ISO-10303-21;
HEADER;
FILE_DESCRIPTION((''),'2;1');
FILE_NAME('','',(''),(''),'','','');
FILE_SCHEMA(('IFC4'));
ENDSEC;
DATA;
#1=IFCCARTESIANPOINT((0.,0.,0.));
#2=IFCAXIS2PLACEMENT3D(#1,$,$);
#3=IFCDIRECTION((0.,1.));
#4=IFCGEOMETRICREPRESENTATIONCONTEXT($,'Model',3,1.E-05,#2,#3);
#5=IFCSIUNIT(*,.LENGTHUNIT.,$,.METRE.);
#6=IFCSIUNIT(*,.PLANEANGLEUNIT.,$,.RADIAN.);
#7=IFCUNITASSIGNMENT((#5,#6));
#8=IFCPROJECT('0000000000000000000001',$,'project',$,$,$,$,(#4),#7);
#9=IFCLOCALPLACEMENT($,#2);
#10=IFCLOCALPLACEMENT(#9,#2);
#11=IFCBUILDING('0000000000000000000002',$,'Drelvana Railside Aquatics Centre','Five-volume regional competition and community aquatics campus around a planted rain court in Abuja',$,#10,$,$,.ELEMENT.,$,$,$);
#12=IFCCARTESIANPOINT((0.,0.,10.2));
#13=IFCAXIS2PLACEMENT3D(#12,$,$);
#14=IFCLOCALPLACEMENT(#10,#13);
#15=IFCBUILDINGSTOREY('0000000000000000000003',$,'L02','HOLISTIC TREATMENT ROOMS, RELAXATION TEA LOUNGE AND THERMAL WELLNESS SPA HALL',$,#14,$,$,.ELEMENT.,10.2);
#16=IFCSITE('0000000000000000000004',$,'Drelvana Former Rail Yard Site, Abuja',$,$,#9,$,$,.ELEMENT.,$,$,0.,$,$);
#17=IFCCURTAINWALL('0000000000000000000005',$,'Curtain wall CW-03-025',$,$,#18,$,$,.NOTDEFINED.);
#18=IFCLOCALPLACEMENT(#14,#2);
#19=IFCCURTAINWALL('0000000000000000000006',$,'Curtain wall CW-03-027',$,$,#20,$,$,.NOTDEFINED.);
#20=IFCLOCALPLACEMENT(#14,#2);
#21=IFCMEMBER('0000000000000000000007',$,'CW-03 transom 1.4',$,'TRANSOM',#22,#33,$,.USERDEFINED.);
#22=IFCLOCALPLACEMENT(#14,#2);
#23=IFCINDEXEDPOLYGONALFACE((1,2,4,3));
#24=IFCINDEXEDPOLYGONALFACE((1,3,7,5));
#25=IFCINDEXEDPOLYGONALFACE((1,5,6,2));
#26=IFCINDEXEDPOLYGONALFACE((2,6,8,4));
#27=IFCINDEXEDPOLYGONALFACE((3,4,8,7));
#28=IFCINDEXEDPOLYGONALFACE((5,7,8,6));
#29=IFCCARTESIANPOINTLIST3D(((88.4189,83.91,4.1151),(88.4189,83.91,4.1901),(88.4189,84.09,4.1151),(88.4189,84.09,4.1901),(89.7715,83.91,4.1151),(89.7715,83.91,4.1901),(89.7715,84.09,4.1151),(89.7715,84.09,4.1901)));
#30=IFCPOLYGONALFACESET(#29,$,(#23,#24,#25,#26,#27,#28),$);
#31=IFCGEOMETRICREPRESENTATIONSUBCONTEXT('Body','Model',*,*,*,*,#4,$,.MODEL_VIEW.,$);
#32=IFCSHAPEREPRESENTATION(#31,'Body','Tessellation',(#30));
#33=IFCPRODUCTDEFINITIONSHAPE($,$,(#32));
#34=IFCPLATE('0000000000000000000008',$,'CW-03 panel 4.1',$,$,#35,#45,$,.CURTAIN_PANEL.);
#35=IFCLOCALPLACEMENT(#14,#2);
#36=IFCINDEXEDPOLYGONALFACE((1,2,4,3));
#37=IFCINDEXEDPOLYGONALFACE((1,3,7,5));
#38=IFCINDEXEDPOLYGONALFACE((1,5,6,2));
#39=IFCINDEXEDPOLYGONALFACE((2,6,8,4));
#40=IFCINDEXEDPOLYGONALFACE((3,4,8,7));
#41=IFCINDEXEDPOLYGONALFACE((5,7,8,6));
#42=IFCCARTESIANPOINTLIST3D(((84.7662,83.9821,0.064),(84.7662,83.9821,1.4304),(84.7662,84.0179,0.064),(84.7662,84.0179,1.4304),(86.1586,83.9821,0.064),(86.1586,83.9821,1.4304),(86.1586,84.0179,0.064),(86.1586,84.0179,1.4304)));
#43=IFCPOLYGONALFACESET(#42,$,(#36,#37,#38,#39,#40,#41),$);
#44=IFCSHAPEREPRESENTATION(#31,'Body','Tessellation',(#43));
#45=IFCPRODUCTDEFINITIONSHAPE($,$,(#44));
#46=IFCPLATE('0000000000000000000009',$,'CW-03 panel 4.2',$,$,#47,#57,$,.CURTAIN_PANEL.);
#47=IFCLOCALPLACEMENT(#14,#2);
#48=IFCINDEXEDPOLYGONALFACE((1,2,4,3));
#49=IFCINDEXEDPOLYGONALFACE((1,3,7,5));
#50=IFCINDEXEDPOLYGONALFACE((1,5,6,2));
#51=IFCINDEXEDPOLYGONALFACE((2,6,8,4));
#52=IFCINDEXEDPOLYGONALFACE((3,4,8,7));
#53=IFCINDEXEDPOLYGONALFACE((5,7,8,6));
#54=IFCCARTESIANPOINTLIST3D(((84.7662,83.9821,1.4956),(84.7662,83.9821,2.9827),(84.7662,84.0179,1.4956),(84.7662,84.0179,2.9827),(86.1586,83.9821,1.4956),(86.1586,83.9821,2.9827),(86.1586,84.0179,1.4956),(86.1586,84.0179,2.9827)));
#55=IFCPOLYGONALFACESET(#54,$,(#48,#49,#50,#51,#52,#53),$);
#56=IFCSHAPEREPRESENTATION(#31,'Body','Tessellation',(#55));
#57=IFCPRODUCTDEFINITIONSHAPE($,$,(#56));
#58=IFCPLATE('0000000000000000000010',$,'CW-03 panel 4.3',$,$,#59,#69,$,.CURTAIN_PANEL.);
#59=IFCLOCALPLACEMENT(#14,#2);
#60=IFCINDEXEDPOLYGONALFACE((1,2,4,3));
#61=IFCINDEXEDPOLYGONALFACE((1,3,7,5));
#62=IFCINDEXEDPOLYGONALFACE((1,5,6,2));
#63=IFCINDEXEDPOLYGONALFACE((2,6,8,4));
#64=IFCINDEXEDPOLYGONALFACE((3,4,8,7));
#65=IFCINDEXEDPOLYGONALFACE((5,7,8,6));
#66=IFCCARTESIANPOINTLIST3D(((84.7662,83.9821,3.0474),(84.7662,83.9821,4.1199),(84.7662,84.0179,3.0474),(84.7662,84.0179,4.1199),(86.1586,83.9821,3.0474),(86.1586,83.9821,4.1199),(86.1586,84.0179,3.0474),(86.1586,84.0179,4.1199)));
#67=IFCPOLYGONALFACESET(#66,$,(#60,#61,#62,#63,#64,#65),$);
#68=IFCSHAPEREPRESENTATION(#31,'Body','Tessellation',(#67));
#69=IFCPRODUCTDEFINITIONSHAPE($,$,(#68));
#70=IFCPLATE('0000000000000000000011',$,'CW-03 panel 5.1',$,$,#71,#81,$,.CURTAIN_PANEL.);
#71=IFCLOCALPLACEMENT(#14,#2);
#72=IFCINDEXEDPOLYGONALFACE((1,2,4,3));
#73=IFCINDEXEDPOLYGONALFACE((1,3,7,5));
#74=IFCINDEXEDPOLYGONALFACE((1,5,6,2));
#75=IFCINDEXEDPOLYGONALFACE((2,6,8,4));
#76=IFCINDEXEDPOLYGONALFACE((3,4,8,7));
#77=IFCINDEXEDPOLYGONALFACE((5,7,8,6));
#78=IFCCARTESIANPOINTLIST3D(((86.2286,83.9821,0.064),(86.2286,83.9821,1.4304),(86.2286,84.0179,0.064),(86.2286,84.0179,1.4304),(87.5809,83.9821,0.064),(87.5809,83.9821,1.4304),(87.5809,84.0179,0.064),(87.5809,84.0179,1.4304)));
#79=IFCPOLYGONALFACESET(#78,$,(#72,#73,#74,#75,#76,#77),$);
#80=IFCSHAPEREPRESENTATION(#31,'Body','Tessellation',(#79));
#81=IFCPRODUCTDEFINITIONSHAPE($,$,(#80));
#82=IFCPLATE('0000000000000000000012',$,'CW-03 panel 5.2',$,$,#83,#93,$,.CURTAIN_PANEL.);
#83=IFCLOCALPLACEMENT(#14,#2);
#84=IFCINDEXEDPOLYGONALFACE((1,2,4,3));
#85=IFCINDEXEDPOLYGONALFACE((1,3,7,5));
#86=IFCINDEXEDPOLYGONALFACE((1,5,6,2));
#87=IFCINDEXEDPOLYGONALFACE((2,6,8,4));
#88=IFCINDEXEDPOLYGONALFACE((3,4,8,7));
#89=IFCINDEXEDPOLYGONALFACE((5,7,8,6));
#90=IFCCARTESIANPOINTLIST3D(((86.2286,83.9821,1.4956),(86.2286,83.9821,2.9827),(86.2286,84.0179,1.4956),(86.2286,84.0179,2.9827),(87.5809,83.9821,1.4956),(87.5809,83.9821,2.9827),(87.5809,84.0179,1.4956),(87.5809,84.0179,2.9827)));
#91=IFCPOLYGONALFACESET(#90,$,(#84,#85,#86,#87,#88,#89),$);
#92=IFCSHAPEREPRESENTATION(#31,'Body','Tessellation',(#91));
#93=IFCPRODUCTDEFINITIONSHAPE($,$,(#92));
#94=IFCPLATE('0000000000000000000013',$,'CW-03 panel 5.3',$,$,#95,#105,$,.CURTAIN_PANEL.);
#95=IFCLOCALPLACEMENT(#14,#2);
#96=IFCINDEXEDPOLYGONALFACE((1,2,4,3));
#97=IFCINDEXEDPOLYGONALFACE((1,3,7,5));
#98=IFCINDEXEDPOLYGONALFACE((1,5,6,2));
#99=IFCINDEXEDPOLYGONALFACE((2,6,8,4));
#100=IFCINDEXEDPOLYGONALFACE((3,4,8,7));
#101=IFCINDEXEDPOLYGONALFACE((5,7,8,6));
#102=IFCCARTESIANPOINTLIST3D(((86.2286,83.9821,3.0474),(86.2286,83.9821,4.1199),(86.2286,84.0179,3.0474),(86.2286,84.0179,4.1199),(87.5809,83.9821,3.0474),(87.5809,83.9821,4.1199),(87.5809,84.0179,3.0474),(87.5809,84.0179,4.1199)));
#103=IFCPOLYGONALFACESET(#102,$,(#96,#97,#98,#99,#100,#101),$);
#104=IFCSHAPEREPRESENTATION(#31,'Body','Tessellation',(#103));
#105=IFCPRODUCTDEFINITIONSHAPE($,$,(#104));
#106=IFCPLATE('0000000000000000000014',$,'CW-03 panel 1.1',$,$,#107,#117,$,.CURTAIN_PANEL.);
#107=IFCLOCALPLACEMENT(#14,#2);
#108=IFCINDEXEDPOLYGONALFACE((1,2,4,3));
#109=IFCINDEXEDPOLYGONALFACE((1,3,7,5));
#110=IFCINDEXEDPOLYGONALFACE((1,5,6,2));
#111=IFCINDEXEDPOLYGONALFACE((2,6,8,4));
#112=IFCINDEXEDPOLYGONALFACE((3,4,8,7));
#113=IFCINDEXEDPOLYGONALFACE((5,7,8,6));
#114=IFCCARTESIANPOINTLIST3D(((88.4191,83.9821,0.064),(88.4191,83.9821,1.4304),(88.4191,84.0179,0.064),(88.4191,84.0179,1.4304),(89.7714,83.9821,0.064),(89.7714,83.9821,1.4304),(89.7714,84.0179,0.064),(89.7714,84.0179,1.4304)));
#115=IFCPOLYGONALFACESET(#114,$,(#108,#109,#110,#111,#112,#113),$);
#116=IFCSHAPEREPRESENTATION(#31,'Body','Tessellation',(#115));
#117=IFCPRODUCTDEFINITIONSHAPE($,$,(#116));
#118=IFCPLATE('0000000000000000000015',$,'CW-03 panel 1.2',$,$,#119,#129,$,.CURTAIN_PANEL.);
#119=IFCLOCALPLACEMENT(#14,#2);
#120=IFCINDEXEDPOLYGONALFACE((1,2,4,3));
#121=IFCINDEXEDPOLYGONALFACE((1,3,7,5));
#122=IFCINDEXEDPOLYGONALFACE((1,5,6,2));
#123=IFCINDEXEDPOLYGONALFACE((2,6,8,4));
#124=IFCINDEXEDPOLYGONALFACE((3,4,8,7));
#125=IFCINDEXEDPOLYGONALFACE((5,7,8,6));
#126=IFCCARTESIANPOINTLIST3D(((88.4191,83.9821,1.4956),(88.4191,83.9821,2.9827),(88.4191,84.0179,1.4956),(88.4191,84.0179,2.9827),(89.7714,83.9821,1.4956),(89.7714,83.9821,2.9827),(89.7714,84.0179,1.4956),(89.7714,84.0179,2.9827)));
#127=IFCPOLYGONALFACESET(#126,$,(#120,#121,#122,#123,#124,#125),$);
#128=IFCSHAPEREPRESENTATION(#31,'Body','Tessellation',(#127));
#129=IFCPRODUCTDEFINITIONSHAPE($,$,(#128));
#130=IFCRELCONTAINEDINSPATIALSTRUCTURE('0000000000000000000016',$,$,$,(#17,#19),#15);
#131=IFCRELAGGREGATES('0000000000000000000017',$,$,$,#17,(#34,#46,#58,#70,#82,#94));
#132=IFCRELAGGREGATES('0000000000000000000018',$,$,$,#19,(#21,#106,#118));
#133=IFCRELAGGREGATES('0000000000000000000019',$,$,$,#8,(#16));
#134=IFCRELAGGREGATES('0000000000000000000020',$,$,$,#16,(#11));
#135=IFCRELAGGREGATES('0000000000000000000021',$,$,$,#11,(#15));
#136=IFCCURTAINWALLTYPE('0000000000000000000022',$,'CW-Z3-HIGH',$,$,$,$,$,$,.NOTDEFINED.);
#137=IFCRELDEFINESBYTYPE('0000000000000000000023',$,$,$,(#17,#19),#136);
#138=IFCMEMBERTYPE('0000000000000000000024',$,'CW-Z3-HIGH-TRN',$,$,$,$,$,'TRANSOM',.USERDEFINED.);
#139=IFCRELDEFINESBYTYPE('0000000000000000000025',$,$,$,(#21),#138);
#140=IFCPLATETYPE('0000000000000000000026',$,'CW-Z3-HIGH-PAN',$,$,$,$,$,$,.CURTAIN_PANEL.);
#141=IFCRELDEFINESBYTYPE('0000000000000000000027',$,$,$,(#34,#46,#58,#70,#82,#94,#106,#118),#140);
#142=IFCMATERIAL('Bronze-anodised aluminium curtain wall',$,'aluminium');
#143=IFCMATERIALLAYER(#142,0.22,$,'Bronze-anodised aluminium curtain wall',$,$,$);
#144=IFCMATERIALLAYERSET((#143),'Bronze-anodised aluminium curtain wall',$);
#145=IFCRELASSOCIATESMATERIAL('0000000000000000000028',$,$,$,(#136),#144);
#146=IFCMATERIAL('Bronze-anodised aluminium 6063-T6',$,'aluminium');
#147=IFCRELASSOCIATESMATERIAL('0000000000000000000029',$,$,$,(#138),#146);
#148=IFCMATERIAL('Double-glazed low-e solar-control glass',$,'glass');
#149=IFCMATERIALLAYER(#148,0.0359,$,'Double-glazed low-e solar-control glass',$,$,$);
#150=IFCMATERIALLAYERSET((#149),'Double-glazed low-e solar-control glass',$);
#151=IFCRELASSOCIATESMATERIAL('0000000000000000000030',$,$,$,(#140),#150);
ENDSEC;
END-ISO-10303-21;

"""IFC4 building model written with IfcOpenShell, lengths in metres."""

from ifc_helpers import new_model, si_unit, direction, frame, origin, origin_2d, place, context, subcontext, project, spatial, rectangle, extrude, material, layer, layer_set, material_profile, profile_set, type_object, element, aggregate, save


model = new_model("IFC4")

# Units and contexts
model_context = context("Model", 3, precision=1e-05, world=origin(), true_north=direction((0.0, 1.0)))
body_context = subcontext(model_context, "Body", "Model", "MODEL_VIEW")
ifc_project = project(units=[si_unit("LENGTHUNIT", "METRE"), si_unit("PLANEANGLEUNIT", "RADIAN")], contexts=[model_context])

# Site, building, storey
site_placement = place(None, origin())
site = spatial("IfcSite", under=ifc_project, at=site_placement, Name="Drelvana Former Rail Yard Site, Abuja", CompositionType="ELEMENT", RefElevation=0.0)
building_placement = place(site_placement, origin())
building = spatial("IfcBuilding", under=site, at=building_placement, Name="Drelvana Railside Aquatics Centre", Description="Five-volume regional competition and community aquatics campus around a planted rain court in Abuja", CompositionType="ELEMENT")
storey_placement = place(building_placement, frame((0.0, 0.0, 10.2)))
storey = spatial("IfcBuildingStorey", under=building, at=storey_placement, Name="L02", Description="HOLISTIC TREATMENT ROOMS, RELAXATION TEA LOUNGE AND THERMAL WELLNESS SPA HALL", CompositionType="ELEMENT", Elevation=10.2)

# Curtain wall
ifc_material_1 = material(Name="Bronze-anodised aluminium curtain wall", Category="aluminium")
ifc_layer_1 = layer(ifc_material_1, 0.22, Name="Bronze-anodised aluminium curtain wall")
ifc_layer_set_1 = layer_set([ifc_layer_1], Name="Bronze-anodised aluminium curtain wall")
curtain_wall_type = type_object("IfcCurtainWallType", Name="CW-Z3-HIGH", PredefinedType="NOTDEFINED", material=ifc_layer_set_1)
curtain_wall_1_placement = place(storey_placement, origin())
curtain_wall_1 = element("IfcCurtainWall", 1, at=curtain_wall_1_placement, inside=storey, type_object=curtain_wall_type, Name="Curtain wall CW-03-025", PredefinedType="NOTDEFINED")
ifc_material_2 = material(Name="Bronze-anodised aluminium 6063-T6", Category="aluminium")

# Curtain wall
curtain_wall_2_placement = place(storey_placement, origin())
curtain_wall_2 = element("IfcCurtainWall", 2, at=curtain_wall_2_placement, inside=storey, type_object=curtain_wall_type, Name="Curtain wall CW-03-027", PredefinedType="NOTDEFINED")

# Member
ifc_material_profile_1 = material_profile(ifc_material_2, rectangle(XDim=0.1799, YDim=0.075, at=origin_2d()), Name="ALU-T 75x180")
ifc_profile_set_1 = profile_set([ifc_material_profile_1], Name="Bronze-anodised aluminium 6063-T6")
member_type_1 = type_object("IfcMemberType", Name="CW-Z3-HIGH-TRN", ElementType="TRANSOM", PredefinedType="USERDEFINED", material=ifc_profile_set_1)
member_1_placement = place(storey_placement, frame((88.4189, 84.0, 4.1526), z_axis=(1.0, 0.0, 0.0), x_axis=(0.0, 1.0, 0.0)))
member_1 = element("IfcMember", 3, at=member_1_placement, type_object=member_type_1, Name="CW-03 transom 1.4", ObjectType="TRANSOM", PredefinedType="USERDEFINED", context=body_context, shape_type="SweptSolid", body=[
    extrude(rectangle(XDim=0.1799, YDim=0.075, at=origin_2d()), origin(), (0.0, 0.0, 1.0), 1.3525),
])

# Plates
ifc_material_3 = material(Name="Double-glazed low-e solar-control glass", Category="glass")
ifc_layer_2 = layer(ifc_material_3, 0.0359, Name="Double-glazed low-e solar-control glass")
ifc_layer_set_2 = layer_set([ifc_layer_2], Name="Double-glazed low-e solar-control glass")
plate_type = type_object("IfcPlateType", Name="CW-Z3-HIGH-PAN", PredefinedType="CURTAIN_PANEL", material=ifc_layer_set_2)
plate_1_placement = place(storey_placement, frame((85.4624, 84.0, 0.064), z_axis=(0.0, 0.0, 1.0), x_axis=(1.0, 0.0, 0.0)))
plate_1 = element("IfcPlate", 4, at=plate_1_placement, type_object=plate_type, Name="CW-03 panel 4.1", PredefinedType="CURTAIN_PANEL", context=body_context, shape_type="SweptSolid", body=[
    extrude(rectangle(XDim=1.3923, YDim=0.0359, at=origin_2d()), origin(), (0.0, 0.0, 1.0), 1.3665),
])
plate_2_placement = place(storey_placement, frame((85.4624, 84.0, 1.4956), z_axis=(0.0, 0.0, 1.0), x_axis=(1.0, 0.0, 0.0)))
plate_2 = element("IfcPlate", 5, at=plate_2_placement, type_object=plate_type, Name="CW-03 panel 4.2", PredefinedType="CURTAIN_PANEL", context=body_context, shape_type="SweptSolid", body=[
    extrude(rectangle(XDim=1.3923, YDim=0.0359, at=origin_2d()), origin(), (0.0, 0.0, 1.0), 1.4871),
])
plate_3_placement = place(storey_placement, frame((85.4624, 84.0, 3.0474), z_axis=(0.0, 0.0, 1.0), x_axis=(1.0, 0.0, 0.0)))
plate_3 = element("IfcPlate", 6, at=plate_3_placement, type_object=plate_type, Name="CW-03 panel 4.3", PredefinedType="CURTAIN_PANEL", context=body_context, shape_type="SweptSolid", body=[
    extrude(rectangle(XDim=1.3923, YDim=0.0359, at=origin_2d()), origin(), (0.0, 0.0, 1.0), 1.0725),
])
plate_4_placement = place(storey_placement, frame((86.9048, 84.0, 0.064), z_axis=(0.0, 0.0, 1.0), x_axis=(1.0, 0.0, 0.0)))
plate_4 = element("IfcPlate", 7, at=plate_4_placement, type_object=plate_type, Name="CW-03 panel 5.1", PredefinedType="CURTAIN_PANEL", context=body_context, shape_type="SweptSolid", body=[
    extrude(rectangle(XDim=1.3523, YDim=0.0359, at=origin_2d()), origin(), (0.0, 0.0, 1.0), 1.3665),
])
plate_5_placement = place(storey_placement, frame((86.9048, 84.0, 1.4956), z_axis=(0.0, 0.0, 1.0), x_axis=(1.0, 0.0, 0.0)))
plate_5 = element("IfcPlate", 8, at=plate_5_placement, type_object=plate_type, Name="CW-03 panel 5.2", PredefinedType="CURTAIN_PANEL", context=body_context, shape_type="SweptSolid", body=[
    extrude(rectangle(XDim=1.3523, YDim=0.0359, at=origin_2d()), origin(), (0.0, 0.0, 1.0), 1.4871),
])
plate_6_placement = place(storey_placement, frame((86.9048, 84.0, 3.0474), z_axis=(0.0, 0.0, 1.0), x_axis=(1.0, 0.0, 0.0)))
plate_6 = element("IfcPlate", 9, at=plate_6_placement, type_object=plate_type, Name="CW-03 panel 5.3", PredefinedType="CURTAIN_PANEL", context=body_context, shape_type="SweptSolid", body=[
    extrude(rectangle(XDim=1.3523, YDim=0.0359, at=origin_2d()), origin(), (0.0, 0.0, 1.0), 1.0725),
])
aggregate(curtain_wall_1, [plate_1, plate_2, plate_3, plate_4, plate_5, plate_6])
plate_7_placement = place(storey_placement, frame((89.0952, 84.0, 0.064), z_axis=(0.0, 0.0, 1.0), x_axis=(1.0, 0.0, 0.0)))
plate_7 = element("IfcPlate", 10, at=plate_7_placement, type_object=plate_type, Name="CW-03 panel 1.1", PredefinedType="CURTAIN_PANEL", context=body_context, shape_type="SweptSolid", body=[
    extrude(rectangle(XDim=1.3523, YDim=0.0359, at=origin_2d()), origin(), (0.0, 0.0, 1.0), 1.3665),
])
plate_8_placement = place(storey_placement, frame((89.0952, 84.0, 1.4956), z_axis=(0.0, 0.0, 1.0), x_axis=(1.0, 0.0, 0.0)))
plate_8 = element("IfcPlate", 11, at=plate_8_placement, type_object=plate_type, Name="CW-03 panel 1.2", PredefinedType="CURTAIN_PANEL", context=body_context, shape_type="SweptSolid", body=[
    extrude(rectangle(XDim=1.3523, YDim=0.0359, at=origin_2d()), origin(), (0.0, 0.0, 1.0), 1.4871),
])
aggregate(curtain_wall_2, [member_1, plate_7, plate_8])

save(model, "model.ifc")
